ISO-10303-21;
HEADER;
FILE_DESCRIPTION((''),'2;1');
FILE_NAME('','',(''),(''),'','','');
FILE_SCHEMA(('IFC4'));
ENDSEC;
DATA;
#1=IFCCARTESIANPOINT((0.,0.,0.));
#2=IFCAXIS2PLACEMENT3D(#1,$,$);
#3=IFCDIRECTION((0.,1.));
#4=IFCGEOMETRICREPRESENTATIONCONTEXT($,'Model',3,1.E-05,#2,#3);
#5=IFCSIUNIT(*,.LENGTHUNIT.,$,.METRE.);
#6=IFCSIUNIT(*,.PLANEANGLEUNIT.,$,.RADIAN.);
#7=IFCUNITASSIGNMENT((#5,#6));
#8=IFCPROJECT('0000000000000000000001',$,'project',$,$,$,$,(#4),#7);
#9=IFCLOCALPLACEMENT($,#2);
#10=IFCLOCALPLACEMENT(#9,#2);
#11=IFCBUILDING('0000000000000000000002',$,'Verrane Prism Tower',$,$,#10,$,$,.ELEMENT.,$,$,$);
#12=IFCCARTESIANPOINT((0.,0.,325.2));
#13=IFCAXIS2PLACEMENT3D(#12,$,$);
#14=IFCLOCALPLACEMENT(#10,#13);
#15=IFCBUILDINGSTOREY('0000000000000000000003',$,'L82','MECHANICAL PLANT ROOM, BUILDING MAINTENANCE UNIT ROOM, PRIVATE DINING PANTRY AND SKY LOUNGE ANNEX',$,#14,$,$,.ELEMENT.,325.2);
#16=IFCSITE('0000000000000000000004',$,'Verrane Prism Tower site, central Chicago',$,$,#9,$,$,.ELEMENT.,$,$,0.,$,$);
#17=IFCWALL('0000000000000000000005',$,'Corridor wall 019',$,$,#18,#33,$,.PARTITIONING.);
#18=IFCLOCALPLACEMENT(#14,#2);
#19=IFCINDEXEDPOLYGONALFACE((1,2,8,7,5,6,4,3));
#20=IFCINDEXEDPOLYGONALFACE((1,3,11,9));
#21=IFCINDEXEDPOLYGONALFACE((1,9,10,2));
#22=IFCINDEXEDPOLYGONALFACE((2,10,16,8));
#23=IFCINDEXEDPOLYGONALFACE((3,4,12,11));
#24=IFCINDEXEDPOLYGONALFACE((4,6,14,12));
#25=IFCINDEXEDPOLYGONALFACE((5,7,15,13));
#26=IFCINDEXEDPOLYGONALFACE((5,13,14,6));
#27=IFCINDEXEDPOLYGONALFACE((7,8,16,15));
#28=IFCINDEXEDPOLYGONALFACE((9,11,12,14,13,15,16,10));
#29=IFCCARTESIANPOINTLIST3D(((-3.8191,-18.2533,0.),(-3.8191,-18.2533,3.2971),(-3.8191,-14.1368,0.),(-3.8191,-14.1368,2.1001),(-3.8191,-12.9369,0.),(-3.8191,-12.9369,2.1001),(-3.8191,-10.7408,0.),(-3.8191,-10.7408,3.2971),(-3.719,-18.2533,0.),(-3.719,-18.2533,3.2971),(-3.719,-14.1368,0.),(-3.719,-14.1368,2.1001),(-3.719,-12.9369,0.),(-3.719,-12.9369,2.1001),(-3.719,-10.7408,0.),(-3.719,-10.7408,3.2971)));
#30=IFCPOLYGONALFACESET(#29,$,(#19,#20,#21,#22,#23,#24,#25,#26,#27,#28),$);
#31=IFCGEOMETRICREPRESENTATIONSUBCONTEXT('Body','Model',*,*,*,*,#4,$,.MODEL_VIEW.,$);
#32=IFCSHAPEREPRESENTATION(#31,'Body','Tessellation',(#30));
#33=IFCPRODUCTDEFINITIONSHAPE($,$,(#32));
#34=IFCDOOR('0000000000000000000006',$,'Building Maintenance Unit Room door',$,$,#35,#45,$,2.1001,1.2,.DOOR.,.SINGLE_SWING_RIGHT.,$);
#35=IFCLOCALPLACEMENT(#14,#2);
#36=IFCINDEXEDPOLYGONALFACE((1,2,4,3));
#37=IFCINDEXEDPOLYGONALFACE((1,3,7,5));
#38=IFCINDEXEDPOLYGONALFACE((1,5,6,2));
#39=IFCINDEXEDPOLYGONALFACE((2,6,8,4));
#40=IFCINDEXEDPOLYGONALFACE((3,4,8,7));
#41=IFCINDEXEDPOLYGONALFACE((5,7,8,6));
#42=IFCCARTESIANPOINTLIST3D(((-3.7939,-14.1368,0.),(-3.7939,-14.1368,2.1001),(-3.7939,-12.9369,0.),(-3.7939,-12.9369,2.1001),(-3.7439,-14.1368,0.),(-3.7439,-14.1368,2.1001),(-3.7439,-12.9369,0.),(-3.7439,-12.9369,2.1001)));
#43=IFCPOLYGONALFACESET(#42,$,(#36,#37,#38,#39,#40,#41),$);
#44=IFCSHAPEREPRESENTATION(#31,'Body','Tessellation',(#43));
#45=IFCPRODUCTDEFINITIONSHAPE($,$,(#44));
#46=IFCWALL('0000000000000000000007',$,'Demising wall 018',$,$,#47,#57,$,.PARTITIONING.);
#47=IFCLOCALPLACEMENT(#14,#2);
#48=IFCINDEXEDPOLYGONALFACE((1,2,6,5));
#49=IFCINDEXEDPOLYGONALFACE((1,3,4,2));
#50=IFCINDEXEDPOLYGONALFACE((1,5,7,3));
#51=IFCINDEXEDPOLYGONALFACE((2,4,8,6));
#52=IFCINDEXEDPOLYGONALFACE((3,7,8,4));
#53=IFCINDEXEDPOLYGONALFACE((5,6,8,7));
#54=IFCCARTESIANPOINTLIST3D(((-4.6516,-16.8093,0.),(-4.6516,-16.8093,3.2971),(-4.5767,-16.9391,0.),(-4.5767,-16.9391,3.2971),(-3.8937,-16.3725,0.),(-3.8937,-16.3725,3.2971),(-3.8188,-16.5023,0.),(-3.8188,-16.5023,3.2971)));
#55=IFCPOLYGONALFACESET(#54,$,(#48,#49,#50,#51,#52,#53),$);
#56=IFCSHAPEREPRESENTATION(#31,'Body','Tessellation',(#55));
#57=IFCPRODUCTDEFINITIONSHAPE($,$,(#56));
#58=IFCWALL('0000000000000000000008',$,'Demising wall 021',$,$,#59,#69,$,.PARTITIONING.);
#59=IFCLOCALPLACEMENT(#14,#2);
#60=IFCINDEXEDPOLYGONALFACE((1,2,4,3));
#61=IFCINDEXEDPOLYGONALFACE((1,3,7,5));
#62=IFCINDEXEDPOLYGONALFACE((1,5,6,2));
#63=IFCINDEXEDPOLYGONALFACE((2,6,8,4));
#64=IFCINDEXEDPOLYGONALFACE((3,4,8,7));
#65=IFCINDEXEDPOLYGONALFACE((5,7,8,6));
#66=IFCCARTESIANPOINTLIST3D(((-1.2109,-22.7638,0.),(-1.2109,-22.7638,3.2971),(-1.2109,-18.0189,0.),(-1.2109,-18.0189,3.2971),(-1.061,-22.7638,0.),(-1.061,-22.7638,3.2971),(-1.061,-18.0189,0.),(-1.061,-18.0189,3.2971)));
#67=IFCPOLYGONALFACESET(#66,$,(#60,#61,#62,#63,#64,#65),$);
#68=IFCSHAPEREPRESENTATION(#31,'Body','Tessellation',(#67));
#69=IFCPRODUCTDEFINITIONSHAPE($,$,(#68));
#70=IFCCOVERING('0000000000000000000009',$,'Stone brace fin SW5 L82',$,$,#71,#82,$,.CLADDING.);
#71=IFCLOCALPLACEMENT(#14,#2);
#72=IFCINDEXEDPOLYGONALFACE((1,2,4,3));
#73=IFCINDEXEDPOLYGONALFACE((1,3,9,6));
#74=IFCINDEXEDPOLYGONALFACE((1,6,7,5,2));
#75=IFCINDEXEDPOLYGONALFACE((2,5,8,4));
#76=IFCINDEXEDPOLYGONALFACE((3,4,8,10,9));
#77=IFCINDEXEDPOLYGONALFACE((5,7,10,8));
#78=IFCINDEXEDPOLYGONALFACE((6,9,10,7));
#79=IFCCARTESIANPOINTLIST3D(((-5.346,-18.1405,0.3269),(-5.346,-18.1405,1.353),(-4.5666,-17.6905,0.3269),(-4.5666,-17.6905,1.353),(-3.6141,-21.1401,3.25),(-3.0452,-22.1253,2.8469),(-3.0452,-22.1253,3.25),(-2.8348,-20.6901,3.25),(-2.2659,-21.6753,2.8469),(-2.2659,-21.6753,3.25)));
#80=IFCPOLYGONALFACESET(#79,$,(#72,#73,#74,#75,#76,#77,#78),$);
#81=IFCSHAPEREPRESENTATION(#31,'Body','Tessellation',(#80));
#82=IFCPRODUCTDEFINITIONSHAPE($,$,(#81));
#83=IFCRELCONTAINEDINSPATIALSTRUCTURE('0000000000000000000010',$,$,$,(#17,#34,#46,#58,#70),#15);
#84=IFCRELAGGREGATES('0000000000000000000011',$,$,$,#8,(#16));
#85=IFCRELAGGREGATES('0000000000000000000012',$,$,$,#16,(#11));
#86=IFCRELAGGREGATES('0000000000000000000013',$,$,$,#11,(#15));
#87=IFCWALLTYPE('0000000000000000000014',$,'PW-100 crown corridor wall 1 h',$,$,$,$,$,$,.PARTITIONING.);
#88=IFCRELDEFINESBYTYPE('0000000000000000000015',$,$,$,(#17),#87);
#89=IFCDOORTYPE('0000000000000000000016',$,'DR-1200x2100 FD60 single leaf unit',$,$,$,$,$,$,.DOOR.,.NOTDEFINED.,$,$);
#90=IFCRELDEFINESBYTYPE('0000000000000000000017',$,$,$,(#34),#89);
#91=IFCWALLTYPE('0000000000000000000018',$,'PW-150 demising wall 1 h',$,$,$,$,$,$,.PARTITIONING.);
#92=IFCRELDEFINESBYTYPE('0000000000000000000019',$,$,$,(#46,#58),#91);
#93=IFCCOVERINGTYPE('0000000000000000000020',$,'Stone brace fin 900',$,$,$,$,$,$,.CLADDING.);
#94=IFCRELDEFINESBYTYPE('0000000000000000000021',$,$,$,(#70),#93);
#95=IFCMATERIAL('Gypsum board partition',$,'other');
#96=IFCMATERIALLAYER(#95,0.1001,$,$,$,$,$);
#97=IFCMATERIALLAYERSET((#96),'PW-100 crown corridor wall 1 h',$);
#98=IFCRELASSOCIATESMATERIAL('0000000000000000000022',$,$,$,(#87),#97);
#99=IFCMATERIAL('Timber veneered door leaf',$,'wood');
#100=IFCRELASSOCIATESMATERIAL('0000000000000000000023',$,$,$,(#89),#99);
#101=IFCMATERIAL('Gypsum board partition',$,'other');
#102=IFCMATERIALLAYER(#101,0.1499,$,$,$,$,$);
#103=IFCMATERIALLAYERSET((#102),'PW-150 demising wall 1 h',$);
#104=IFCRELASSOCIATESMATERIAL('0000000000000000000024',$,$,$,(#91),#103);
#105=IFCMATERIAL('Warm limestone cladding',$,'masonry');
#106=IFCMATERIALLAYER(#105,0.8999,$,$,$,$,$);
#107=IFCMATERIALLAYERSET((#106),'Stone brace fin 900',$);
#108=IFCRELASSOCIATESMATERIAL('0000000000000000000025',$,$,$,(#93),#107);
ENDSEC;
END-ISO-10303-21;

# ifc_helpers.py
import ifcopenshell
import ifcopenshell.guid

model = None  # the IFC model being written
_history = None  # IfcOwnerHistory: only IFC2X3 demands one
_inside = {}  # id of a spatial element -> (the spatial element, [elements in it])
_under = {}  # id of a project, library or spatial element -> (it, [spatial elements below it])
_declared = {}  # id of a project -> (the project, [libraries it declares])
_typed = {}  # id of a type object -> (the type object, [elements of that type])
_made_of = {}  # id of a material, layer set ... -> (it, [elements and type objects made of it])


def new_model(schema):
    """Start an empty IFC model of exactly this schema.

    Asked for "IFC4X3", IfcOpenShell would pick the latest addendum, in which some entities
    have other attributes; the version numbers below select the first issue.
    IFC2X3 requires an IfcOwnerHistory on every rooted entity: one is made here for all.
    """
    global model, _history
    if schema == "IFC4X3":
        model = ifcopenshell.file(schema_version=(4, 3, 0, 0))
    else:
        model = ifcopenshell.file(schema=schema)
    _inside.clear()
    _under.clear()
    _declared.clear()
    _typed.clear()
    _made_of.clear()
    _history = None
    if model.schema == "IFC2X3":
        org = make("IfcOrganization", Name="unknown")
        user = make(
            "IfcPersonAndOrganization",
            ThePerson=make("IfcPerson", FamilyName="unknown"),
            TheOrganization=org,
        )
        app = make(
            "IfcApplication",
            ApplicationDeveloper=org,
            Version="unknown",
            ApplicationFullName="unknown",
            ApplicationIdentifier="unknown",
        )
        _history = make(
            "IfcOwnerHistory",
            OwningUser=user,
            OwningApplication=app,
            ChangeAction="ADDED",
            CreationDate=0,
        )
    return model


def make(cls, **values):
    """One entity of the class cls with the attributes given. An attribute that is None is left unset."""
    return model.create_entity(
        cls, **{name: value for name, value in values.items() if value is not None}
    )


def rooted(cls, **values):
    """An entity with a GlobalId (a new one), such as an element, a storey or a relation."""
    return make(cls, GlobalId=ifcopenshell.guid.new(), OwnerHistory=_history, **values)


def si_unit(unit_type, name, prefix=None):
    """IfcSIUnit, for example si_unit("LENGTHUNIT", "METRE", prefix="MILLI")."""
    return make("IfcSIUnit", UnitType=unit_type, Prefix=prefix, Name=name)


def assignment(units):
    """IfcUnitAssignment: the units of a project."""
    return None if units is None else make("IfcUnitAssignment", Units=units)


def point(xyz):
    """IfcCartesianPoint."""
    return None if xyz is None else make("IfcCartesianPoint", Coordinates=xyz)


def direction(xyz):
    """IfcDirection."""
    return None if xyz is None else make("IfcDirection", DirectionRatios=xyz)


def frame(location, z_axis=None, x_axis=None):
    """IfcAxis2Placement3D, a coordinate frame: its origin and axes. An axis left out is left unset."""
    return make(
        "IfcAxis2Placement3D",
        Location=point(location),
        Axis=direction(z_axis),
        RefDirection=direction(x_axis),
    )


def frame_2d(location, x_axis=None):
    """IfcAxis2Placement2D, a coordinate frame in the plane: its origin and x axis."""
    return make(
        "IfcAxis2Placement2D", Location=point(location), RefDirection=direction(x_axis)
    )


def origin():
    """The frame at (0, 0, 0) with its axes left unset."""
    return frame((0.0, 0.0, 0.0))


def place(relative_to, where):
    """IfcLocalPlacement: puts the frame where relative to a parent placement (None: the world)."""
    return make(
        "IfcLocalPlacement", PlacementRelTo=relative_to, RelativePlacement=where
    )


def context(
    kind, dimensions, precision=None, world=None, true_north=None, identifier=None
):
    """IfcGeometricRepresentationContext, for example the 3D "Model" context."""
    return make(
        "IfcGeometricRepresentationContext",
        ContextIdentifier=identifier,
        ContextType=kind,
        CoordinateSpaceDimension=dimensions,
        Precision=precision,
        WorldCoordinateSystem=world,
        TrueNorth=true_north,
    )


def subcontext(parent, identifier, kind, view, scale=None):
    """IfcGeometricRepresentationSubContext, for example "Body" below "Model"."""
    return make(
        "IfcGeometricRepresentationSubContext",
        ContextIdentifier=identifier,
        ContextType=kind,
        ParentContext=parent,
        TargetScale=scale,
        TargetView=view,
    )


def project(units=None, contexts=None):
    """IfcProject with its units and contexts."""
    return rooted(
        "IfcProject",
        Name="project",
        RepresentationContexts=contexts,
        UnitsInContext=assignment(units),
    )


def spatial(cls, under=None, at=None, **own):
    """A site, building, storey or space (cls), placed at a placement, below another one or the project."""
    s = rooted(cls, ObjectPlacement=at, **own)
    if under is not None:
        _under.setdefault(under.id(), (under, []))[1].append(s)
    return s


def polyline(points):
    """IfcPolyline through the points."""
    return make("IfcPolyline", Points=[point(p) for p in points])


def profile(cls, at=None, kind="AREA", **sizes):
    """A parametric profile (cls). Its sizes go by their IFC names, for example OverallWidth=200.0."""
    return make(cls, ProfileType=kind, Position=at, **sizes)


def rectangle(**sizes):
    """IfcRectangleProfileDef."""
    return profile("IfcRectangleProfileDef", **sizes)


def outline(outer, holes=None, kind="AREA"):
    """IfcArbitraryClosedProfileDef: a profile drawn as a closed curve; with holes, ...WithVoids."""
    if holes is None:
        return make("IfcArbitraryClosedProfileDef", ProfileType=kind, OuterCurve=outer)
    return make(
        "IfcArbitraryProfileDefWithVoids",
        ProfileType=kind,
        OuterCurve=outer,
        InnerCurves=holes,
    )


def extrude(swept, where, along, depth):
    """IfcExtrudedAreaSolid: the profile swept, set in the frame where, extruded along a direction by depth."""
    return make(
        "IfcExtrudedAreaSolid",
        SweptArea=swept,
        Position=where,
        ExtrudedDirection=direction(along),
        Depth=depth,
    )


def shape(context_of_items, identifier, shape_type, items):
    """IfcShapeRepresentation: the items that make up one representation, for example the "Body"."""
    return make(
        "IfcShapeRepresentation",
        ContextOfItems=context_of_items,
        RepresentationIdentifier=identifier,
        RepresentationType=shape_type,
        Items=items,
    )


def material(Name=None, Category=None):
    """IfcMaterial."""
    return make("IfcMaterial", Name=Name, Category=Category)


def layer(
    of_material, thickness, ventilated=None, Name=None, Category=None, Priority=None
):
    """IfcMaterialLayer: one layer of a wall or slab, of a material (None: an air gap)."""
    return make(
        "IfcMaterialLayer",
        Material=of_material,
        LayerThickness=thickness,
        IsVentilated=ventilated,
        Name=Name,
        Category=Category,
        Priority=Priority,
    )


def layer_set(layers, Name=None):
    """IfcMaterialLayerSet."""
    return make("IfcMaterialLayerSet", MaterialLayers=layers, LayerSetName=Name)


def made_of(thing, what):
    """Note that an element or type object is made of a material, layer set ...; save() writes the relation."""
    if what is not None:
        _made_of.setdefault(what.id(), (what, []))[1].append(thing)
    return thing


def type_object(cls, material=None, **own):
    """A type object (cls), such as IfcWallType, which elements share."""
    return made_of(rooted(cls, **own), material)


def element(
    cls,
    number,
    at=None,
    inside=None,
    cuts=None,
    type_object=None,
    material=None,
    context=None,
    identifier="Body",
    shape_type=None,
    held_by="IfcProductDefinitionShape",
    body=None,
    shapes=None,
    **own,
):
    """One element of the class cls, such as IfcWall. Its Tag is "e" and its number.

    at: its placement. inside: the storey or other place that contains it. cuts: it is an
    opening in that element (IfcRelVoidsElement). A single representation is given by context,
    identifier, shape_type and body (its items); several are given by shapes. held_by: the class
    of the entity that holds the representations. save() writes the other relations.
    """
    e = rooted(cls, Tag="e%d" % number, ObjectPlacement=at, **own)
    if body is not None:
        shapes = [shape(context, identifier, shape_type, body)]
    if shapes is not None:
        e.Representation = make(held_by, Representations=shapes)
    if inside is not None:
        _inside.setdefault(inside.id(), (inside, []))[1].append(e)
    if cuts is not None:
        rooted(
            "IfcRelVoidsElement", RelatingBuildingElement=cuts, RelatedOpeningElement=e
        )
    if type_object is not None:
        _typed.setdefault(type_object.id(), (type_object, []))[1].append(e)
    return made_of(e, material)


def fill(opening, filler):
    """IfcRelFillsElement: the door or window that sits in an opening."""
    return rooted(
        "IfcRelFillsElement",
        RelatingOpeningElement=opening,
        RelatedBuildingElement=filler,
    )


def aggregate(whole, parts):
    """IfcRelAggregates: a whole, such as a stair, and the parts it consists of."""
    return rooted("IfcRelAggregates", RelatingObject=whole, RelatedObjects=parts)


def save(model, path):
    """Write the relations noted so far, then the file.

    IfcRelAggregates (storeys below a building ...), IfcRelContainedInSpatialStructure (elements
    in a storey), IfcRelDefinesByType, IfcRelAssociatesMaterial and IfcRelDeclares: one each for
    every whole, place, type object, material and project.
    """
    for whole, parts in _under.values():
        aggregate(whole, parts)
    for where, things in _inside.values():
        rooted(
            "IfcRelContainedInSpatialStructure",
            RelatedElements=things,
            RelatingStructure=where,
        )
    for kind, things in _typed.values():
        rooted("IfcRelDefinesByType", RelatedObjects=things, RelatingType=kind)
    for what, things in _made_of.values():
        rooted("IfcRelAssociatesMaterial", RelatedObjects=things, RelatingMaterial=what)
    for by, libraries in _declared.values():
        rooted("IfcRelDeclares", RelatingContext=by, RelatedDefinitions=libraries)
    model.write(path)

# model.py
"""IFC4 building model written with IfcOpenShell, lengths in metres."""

from ifc_helpers import new_model, si_unit, direction, frame, frame_2d, origin, place, context, subcontext, project, spatial, polyline, rectangle, outline, extrude, material, layer, layer_set, type_object, element, fill, save


model = new_model("IFC4")

# Units and contexts
model_context = context("Model", 3, precision=1e-05, world=origin(), true_north=direction((0.0, 1.0)))
body_context = subcontext(model_context, "Body", "Model", "MODEL_VIEW")
ifc_project = project(units=[si_unit("LENGTHUNIT", "METRE"), si_unit("PLANEANGLEUNIT", "RADIAN")], contexts=[model_context])

# Site, building, storey
site_placement = place(None, origin())
site = spatial("IfcSite", under=ifc_project, at=site_placement, Name="Verrane Prism Tower site, central Chicago", CompositionType="ELEMENT", RefElevation=0.0)
building_placement = place(site_placement, origin())
building = spatial("IfcBuilding", under=site, at=building_placement, Name="Verrane Prism Tower", CompositionType="ELEMENT")
storey_placement = place(building_placement, frame((0.0, 0.0, 325.2)))
storey = spatial("IfcBuildingStorey", under=building, at=storey_placement, Name="L82", Description="MECHANICAL PLANT ROOM, BUILDING MAINTENANCE UNIT ROOM, PRIVATE DINING PANTRY AND SKY LOUNGE ANNEX", CompositionType="ELEMENT", Elevation=325.2)

# Wall, opening, door
ifc_material_1 = material(Name="Gypsum board partition", Category="other")
ifc_layer_1 = layer(ifc_material_1, 0.1001)
ifc_layer_set_1 = layer_set([ifc_layer_1], Name="PW-100 crown corridor wall 1 h")
wall_type_1 = type_object("IfcWallType", Name="PW-100 crown corridor wall 1 h", PredefinedType="PARTITIONING", material=ifc_layer_set_1)
wall_1_placement = place(storey_placement, frame((-3.769, -18.2534, 0.0), z_axis=(0.0, 0.0, 1.0), x_axis=(0.0, 1.0, 0.0)))
wall_1 = element("IfcWall", 1, at=wall_1_placement, inside=storey, type_object=wall_type_1, Name="Corridor wall 019", PredefinedType="PARTITIONING", context=body_context, shape_type="SweptSolid", body=[
    extrude(rectangle(XDim=7.5125, YDim=0.1001, at=frame_2d((3.7563, 0.0))), origin(), (0.0, 0.0, 1.0), 3.2971),
])
opening_placement = place(wall_1_placement, frame((4.1165, 0.0, 0.0)))
opening = element("IfcOpeningElement", 2, at=opening_placement, cuts=wall_1, PredefinedType="OPENING", context=body_context, shape_type="SweptSolid", body=[
    extrude(rectangle(XDim=1.2, YDim=2.1001, at=frame_2d((0.6001, 1.05))), frame((0.0, 0.0601, 0.0), z_axis=(0.0, -1.0, 0.0), x_axis=(1.0, 0.0, 0.0)), (0.0, 0.0, 1.0), 0.1201),
])
ifc_material_2 = material(Name="Timber veneered door leaf", Category="wood")
door_type = type_object("IfcDoorType", Name="DR-1200x2100 FD60 single leaf unit", OperationType="NOTDEFINED", PredefinedType="DOOR", material=ifc_material_2)
door_placement = place(opening_placement, origin())
door = element("IfcDoor", 3, at=door_placement, inside=storey, type_object=door_type, Name="Building Maintenance Unit Room door", OperationType="SINGLE_SWING_RIGHT", OverallHeight=2.1001, OverallWidth=1.2, PredefinedType="DOOR", context=body_context, shape_type="SweptSolid", body=[
    extrude(rectangle(XDim=1.2, YDim=2.1001, at=frame_2d((0.6001, 1.05))), frame((0.0, 0.0249, 0.0), z_axis=(0.0, -1.0, 0.0), x_axis=(1.0, 0.0, 0.0)), (0.0, 0.0, 1.0), 0.05),
])
fill(opening, door)

# Walls
ifc_material_3 = material(Name="Gypsum board partition", Category="other")
ifc_layer_2 = layer(ifc_material_3, 0.1499)
ifc_layer_set_2 = layer_set([ifc_layer_2], Name="PW-150 demising wall 1 h")
wall_type_2 = type_object("IfcWallType", Name="PW-150 demising wall 1 h", PredefinedType="PARTITIONING", material=ifc_layer_set_2)
wall_2_placement = place(storey_placement, frame((-4.6143, -16.8743, 0.0), z_axis=(0.0, 0.0, 1.0), x_axis=(0.866399, 0.499352, 0.0)))
element("IfcWall", 4, at=wall_2_placement, inside=storey, type_object=wall_type_2, Name="Demising wall 018", PredefinedType="PARTITIONING", context=body_context, shape_type="SweptSolid", body=[
    extrude(rectangle(XDim=0.8748, YDim=0.1499, at=frame_2d((0.4375, 0.0))), origin(), (0.0, 0.0, 1.0), 3.2971),
])
wall_3_placement = place(storey_placement, frame((-1.136, -22.7639, 0.0), z_axis=(0.0, 0.0, 1.0), x_axis=(0.0, 1.0, 0.0)))
element("IfcWall", 5, at=wall_3_placement, inside=storey, type_object=wall_type_2, Name="Demising wall 021", PredefinedType="PARTITIONING", context=body_context, shape_type="SweptSolid", body=[
    extrude(rectangle(XDim=4.7449, YDim=0.1499, at=frame_2d((2.3726, 0.0))), origin(), (0.0, 0.0, 1.0), 3.2971),
])

# Covering
ifc_material_4 = material(Name="Warm limestone cladding", Category="masonry")
ifc_layer_3 = layer(ifc_material_4, 0.8999)
ifc_layer_set_3 = layer_set([ifc_layer_3], Name="Stone brace fin 900")
covering_type = type_object("IfcCoveringType", Name="Stone brace fin 900", PredefinedType="CLADDING", material=ifc_layer_set_3)
covering_placement = place(storey_placement, frame((-4.9563, -17.9155, 0.3269), z_axis=(0.0, 0.0, 1.0), x_axis=(0.500019, -0.866014, 0.0)))
element("IfcCovering", 6, at=covering_placement, inside=storey, type_object=covering_type, Name="Stone brace fin SW5 L82", PredefinedType="CLADDING", context=body_context, shape_type="SweptSolid", body=[
    extrude(outline(polyline([(4.6013, 2.9231), (3.4636, 2.9231), (0.0, 1.0261), (0.0, 0.0), (4.6013, 2.52), (4.6013, 2.9231)])), frame((0.0, 0.45, 0.0), z_axis=(0.0, -1.0, 0.0), x_axis=(1.0, 0.0, 0.0)), (0.0, 0.0, 1.0), 0.8999),
])

save(model, "model.ifc")
